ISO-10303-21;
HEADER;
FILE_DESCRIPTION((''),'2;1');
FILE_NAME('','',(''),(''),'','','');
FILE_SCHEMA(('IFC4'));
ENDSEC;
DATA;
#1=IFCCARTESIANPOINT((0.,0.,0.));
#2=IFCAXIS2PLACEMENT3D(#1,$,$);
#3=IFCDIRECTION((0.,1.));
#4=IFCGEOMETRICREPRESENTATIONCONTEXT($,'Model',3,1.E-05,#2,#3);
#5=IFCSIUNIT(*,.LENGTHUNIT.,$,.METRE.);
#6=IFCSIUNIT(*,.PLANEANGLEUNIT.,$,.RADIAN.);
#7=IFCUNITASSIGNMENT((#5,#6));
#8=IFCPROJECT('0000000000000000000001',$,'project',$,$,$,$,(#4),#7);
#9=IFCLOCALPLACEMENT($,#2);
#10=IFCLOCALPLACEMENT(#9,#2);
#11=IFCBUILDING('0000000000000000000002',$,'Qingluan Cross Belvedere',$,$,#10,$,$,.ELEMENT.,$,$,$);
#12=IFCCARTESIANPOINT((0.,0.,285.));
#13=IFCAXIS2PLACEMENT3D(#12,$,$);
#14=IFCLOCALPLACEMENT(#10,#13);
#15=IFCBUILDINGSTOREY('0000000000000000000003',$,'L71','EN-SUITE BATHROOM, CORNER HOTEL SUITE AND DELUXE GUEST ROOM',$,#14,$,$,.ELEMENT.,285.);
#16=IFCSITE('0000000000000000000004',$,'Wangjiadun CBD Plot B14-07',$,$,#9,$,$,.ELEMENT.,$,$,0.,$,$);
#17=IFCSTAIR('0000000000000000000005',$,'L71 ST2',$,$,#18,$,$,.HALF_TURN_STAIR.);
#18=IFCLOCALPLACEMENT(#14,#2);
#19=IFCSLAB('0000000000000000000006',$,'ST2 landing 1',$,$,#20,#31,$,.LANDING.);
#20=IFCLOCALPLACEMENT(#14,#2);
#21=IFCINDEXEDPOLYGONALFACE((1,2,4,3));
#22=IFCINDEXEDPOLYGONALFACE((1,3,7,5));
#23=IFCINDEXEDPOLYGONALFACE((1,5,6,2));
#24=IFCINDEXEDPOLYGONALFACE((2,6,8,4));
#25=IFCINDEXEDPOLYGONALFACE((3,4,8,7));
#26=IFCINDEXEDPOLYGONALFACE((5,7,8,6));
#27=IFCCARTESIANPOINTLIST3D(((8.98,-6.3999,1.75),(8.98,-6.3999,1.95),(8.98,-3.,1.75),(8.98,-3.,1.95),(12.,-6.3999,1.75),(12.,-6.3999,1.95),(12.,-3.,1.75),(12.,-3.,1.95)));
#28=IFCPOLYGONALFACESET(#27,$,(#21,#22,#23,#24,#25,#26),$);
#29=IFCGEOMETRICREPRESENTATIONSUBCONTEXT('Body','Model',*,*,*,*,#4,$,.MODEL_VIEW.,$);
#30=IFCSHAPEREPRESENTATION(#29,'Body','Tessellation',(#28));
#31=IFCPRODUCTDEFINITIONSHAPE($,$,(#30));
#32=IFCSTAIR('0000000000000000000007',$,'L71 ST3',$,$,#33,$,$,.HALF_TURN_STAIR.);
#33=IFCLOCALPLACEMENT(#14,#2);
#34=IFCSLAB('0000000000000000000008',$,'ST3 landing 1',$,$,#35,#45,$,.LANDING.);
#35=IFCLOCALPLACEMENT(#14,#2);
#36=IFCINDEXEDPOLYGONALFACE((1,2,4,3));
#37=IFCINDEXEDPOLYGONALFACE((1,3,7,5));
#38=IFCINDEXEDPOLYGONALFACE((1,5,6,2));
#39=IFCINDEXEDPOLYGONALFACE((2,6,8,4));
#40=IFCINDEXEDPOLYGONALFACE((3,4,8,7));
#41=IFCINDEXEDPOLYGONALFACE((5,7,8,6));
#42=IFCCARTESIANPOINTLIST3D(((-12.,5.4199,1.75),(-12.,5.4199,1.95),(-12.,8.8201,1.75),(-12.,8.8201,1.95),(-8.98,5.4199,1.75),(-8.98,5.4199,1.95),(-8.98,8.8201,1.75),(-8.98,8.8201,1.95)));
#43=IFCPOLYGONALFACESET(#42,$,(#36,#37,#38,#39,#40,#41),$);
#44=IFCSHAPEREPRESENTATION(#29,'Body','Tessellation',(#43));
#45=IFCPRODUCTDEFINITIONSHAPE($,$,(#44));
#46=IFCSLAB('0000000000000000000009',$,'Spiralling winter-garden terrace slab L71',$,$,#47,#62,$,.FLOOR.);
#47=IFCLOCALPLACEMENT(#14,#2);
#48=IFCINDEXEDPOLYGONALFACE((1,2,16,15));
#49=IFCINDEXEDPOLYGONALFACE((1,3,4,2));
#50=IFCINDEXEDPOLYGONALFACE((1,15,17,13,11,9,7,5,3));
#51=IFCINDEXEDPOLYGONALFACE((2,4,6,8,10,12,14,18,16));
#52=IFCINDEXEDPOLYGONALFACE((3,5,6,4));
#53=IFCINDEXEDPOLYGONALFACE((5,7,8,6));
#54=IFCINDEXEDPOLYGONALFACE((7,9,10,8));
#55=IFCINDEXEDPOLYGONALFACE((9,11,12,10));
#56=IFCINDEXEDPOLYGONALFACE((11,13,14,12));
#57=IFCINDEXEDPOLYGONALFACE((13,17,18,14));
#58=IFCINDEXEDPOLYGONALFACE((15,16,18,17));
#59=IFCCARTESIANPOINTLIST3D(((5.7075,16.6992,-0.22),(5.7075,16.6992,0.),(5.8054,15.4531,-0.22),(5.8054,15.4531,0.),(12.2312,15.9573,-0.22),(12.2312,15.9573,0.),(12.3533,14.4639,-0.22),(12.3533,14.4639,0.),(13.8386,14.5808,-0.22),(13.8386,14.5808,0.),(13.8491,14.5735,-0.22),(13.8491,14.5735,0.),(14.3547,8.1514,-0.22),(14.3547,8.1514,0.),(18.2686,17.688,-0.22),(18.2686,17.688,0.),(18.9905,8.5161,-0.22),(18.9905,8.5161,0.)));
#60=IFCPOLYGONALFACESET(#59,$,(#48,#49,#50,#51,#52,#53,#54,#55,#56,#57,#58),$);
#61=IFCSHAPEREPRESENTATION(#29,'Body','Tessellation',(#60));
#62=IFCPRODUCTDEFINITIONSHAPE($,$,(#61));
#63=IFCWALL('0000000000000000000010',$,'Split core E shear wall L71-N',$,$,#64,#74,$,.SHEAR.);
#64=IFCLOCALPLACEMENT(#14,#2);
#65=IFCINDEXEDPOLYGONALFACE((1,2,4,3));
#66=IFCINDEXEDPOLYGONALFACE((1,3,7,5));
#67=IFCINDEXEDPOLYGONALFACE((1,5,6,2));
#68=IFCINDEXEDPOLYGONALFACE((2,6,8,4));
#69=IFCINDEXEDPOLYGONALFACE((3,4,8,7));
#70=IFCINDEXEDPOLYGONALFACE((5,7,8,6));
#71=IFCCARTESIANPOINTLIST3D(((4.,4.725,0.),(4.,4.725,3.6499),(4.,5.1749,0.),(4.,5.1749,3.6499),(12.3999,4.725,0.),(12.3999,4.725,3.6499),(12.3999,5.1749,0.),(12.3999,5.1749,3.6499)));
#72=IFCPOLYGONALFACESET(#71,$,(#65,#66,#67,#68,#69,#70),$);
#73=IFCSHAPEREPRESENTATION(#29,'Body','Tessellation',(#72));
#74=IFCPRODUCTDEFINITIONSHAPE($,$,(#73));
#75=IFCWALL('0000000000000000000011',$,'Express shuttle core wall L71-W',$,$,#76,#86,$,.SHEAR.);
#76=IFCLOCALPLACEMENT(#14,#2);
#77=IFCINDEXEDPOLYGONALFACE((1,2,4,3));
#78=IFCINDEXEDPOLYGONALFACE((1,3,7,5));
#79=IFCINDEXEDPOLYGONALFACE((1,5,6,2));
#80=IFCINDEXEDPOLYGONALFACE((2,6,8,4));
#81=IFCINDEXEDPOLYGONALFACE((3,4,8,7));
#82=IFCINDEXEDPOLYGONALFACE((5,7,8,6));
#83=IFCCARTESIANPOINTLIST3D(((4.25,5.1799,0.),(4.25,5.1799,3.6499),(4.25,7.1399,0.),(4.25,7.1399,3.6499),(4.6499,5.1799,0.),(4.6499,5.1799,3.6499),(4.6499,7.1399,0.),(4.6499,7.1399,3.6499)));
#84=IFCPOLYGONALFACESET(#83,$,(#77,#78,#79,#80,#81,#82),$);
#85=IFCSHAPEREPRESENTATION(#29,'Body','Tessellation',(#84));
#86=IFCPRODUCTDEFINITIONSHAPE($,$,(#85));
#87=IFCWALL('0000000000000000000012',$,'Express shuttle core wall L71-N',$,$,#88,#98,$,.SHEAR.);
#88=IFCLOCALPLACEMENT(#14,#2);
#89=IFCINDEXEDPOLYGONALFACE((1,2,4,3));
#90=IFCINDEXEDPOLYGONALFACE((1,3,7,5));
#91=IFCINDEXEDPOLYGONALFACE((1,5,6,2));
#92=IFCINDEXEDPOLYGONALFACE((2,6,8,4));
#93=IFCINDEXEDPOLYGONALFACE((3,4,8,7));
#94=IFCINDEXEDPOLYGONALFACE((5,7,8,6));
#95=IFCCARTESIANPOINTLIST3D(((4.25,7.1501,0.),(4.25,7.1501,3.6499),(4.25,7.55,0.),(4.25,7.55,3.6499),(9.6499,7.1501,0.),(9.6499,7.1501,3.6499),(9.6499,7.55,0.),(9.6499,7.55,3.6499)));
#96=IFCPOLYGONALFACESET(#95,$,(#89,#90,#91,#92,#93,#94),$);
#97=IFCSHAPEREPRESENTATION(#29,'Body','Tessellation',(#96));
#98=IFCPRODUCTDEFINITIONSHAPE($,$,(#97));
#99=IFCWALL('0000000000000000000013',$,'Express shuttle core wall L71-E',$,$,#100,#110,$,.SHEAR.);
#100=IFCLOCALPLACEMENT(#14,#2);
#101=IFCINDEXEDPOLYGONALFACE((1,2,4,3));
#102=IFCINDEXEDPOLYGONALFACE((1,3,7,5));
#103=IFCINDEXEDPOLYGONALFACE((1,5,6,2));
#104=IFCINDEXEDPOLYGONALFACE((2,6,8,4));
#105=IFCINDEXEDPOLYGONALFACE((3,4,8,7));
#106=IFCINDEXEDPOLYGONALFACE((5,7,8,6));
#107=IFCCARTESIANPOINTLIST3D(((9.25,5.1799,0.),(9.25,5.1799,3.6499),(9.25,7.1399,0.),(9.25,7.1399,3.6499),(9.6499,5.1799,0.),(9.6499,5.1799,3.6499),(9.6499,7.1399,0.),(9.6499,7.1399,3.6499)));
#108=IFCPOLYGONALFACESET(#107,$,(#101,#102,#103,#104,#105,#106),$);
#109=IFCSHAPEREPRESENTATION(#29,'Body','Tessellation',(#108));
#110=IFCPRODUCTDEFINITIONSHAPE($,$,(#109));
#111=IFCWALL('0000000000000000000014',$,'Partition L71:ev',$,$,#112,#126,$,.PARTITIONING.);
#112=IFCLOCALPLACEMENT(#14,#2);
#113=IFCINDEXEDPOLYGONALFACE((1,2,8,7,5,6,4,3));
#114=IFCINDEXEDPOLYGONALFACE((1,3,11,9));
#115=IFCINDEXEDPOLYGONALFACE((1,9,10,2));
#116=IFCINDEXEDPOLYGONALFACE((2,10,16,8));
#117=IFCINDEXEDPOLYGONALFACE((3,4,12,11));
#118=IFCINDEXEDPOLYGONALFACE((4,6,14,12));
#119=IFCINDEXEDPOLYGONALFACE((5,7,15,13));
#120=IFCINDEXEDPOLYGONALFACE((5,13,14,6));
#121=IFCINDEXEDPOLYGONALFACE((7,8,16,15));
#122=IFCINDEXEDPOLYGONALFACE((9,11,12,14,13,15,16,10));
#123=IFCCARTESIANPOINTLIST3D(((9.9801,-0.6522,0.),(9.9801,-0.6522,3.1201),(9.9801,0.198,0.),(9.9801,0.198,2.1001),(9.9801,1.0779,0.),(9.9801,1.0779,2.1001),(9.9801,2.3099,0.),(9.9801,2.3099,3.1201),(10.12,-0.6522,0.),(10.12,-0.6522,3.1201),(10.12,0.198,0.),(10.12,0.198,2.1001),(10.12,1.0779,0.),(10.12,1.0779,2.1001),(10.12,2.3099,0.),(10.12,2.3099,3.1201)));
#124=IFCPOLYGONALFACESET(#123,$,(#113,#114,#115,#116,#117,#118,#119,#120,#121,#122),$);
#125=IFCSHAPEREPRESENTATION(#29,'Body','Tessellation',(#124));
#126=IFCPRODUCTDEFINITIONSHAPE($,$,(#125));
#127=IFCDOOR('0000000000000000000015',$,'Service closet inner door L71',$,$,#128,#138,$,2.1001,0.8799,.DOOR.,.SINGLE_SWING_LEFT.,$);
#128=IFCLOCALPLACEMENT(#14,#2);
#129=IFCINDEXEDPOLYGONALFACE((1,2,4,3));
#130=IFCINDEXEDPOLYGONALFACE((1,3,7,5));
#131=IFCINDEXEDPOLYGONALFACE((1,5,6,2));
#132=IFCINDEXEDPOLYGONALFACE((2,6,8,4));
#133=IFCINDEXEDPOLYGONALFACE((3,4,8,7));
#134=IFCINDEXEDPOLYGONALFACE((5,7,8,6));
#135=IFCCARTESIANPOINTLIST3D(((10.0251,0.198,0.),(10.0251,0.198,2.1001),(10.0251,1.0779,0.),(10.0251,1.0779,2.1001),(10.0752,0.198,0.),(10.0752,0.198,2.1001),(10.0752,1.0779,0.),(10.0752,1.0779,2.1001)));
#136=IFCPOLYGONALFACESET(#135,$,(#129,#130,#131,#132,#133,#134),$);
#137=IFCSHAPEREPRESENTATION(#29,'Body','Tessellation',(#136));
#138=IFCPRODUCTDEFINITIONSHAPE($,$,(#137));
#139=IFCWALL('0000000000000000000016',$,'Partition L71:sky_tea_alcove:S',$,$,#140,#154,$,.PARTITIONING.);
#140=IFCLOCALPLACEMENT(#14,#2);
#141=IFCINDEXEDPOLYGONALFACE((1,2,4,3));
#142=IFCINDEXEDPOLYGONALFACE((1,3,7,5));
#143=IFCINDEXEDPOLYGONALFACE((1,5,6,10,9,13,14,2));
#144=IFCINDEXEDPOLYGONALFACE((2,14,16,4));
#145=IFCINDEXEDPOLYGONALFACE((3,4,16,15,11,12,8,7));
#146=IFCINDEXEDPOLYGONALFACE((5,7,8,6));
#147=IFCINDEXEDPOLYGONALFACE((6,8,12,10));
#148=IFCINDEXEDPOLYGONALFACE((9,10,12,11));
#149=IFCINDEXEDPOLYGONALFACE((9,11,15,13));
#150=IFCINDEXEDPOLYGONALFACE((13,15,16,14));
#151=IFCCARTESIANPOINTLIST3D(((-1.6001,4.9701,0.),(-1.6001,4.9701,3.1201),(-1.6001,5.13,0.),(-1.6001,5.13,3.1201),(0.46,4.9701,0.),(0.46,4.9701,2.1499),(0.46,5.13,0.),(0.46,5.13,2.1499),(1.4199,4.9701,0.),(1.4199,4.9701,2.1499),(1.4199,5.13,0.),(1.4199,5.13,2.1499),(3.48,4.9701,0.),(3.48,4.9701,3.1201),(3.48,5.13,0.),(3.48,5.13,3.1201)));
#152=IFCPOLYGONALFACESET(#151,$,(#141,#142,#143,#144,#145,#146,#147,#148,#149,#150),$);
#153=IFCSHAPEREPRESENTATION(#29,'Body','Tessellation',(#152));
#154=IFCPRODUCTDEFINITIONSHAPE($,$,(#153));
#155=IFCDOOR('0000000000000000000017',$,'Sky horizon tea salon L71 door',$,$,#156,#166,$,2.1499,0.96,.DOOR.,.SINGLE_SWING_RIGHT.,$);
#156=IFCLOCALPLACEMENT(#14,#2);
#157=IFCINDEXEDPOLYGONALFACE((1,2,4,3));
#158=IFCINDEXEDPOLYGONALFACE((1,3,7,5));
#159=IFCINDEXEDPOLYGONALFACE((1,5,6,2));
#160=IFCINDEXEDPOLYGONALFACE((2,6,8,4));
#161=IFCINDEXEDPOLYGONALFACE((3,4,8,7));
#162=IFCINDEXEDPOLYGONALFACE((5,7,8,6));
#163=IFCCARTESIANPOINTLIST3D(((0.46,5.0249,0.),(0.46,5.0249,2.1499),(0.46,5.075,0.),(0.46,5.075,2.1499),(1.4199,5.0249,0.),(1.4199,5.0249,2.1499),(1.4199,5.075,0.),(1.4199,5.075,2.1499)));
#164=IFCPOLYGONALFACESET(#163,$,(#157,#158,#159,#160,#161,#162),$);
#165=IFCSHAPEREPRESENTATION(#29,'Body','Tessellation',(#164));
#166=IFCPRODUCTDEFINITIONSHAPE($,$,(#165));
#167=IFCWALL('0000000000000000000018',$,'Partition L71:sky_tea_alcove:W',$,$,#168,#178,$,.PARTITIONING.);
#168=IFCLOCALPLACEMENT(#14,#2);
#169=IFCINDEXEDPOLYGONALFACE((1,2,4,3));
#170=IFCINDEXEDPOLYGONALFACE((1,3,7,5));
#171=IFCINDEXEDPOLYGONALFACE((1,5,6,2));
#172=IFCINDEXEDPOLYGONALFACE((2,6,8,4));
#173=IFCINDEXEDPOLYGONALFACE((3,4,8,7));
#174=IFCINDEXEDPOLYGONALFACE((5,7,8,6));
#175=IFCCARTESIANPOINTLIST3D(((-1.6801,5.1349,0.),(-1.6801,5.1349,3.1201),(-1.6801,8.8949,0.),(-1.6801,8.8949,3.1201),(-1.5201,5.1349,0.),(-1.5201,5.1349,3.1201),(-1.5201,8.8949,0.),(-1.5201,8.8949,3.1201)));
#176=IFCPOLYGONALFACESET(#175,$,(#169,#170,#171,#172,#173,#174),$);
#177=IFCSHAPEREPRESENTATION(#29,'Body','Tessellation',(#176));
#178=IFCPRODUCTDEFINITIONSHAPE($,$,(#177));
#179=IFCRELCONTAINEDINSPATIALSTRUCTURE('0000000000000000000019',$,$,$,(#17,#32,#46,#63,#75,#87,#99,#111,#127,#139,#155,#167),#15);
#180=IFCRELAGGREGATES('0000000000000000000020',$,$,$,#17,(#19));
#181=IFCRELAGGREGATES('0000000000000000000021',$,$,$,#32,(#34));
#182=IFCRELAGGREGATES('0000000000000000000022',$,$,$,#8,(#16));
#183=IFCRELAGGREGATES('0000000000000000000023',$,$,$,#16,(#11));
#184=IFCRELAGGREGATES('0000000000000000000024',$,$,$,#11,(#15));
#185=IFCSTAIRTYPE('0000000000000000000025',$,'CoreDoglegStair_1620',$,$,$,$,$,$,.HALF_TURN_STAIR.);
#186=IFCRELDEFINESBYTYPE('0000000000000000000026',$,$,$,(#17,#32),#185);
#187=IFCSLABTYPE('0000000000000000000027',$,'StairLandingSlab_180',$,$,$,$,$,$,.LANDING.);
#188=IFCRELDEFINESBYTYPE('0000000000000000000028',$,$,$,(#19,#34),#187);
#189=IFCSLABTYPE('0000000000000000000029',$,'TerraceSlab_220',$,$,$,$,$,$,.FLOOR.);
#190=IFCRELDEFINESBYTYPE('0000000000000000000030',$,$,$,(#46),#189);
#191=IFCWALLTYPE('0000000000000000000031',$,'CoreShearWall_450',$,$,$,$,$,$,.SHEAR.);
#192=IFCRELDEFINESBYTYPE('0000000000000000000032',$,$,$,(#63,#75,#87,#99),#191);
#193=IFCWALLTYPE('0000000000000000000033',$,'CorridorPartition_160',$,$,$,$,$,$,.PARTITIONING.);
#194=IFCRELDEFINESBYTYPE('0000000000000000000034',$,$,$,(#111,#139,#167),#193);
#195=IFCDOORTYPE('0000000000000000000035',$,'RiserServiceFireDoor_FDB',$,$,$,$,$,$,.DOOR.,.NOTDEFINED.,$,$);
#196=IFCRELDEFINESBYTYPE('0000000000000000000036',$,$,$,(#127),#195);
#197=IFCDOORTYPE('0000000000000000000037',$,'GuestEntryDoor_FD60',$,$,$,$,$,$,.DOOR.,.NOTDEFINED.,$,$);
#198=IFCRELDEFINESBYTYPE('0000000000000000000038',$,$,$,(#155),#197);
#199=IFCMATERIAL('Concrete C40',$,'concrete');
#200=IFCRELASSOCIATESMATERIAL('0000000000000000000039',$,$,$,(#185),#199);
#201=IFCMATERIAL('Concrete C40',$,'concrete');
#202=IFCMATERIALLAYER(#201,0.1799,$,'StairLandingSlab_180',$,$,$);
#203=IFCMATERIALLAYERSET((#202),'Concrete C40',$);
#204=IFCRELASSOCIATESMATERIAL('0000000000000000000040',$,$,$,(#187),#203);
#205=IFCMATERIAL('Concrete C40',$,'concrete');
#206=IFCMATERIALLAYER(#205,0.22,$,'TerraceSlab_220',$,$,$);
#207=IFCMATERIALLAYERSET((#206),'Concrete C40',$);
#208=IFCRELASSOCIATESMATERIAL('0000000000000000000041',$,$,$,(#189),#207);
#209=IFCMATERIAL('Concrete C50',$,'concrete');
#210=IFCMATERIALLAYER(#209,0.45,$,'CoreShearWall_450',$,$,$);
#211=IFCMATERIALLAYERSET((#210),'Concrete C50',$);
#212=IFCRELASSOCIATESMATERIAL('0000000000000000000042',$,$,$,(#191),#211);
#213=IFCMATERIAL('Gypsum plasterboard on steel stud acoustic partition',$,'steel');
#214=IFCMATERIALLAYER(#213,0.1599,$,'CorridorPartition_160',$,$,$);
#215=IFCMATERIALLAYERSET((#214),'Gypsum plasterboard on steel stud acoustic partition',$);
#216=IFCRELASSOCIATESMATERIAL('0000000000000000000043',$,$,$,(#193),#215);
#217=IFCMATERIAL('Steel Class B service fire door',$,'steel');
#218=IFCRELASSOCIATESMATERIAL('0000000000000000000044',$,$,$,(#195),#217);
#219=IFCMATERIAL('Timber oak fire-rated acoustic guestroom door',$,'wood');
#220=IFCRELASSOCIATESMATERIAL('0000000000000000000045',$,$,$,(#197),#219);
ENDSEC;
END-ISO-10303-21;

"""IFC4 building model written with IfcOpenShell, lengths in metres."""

from ifc_helpers import new_model, si_unit, direction, frame, frame_2d, origin, place, context, subcontext, project, spatial, polyline, rectangle, outline, extrude, material, layer, layer_set, type_object, element, fill, aggregate, save


model = new_model("IFC4")

# Units and contexts
model_context = context("Model", 3, precision=1e-05, world=origin(), true_north=direction((0.0, 1.0)))
body_context = subcontext(model_context, "Body", "Model", "MODEL_VIEW")
ifc_project = project(units=[si_unit("LENGTHUNIT", "METRE"), si_unit("PLANEANGLEUNIT", "RADIAN")], contexts=[model_context])

# Site, building, storey
site_placement = place(None, origin())
site = spatial("IfcSite", under=ifc_project, at=site_placement, Name="Wangjiadun CBD Plot B14-07", CompositionType="ELEMENT", RefElevation=0.0)
building_placement = place(site_placement, origin())
building = spatial("IfcBuilding", under=site, at=building_placement, Name="Qingluan Cross Belvedere", CompositionType="ELEMENT")
storey_placement = place(building_placement, frame((0.0, 0.0, 285.0)))
storey = spatial("IfcBuildingStorey", under=building, at=storey_placement, Name="L71", Description="EN-SUITE BATHROOM, CORNER HOTEL SUITE AND DELUXE GUEST ROOM", CompositionType="ELEMENT", Elevation=285.0)

# Stairs, slabs
ifc_material_1 = material(Name="Concrete C40", Category="concrete")
stair_type = type_object("IfcStairType", Name="CoreDoglegStair_1620", PredefinedType="HALF_TURN_STAIR", material=ifc_material_1)
ifc_material_2 = material(Name="Concrete C40", Category="concrete")
ifc_layer_1 = layer(ifc_material_2, 0.1799, Name="StairLandingSlab_180")
ifc_layer_set_1 = layer_set([ifc_layer_1], Name="Concrete C40")
slab_type_1 = type_object("IfcSlabType", Name="StairLandingSlab_180", PredefinedType="LANDING", material=ifc_layer_set_1)
stair_1_placement = place(storey_placement, origin())
stair_1 = element("IfcStair", 1, at=stair_1_placement, inside=storey, type_object=stair_type, Name="L71 ST2", PredefinedType="HALF_TURN_STAIR")
slab_1_placement = place(storey_placement, frame((0.0, 0.0, 1.75)))
slab_1 = element("IfcSlab", 2, at=slab_1_placement, type_object=slab_type_1, Name="ST2 landing 1", PredefinedType="LANDING", context=body_context, shape_type="SweptSolid", body=[
    extrude(outline(polyline([(8.98, -6.3999), (12.0, -6.3999), (12.0, -3.0), (8.98, -3.0), (8.98, -6.3999)])), origin(), (0.0, 0.0, 1.0), 0.2),
])
aggregate(stair_1, [slab_1])
stair_2_placement = place(storey_placement, origin())
stair_2 = element("IfcStair", 3, at=stair_2_placement, inside=storey, type_object=stair_type, Name="L71 ST3", PredefinedType="HALF_TURN_STAIR")
slab_2_placement = place(storey_placement, frame((0.0, 0.0, 1.75)))
slab_2 = element("IfcSlab", 4, at=slab_2_placement, type_object=slab_type_1, Name="ST3 landing 1", PredefinedType="LANDING", context=body_context, shape_type="SweptSolid", body=[
    extrude(outline(polyline([(-8.98, 8.8201), (-12.0, 8.8201), (-12.0, 5.4199), (-8.98, 5.4199), (-8.98, 8.8201)])), origin(), (0.0, 0.0, 1.0), 0.2),
])
aggregate(stair_2, [slab_2])

# Slab
ifc_material_3 = material(Name="Concrete C40", Category="concrete")
ifc_layer_2 = layer(ifc_material_3, 0.22, Name="TerraceSlab_220")
ifc_layer_set_2 = layer_set([ifc_layer_2], Name="Concrete C40")
slab_type_2 = type_object("IfcSlabType", Name="TerraceSlab_220", PredefinedType="FLOOR", material=ifc_layer_set_2)
slab_3_placement = place(storey_placement, frame((0.0, 0.0, -0.22)))
element("IfcSlab", 5, at=slab_3_placement, inside=storey, type_object=slab_type_2, Name="Spiralling winter-garden terrace slab L71", PredefinedType="FLOOR", context=body_context, shape_type="SweptSolid", body=[
    extrude(outline(polyline([(5.8054, 15.4531), (12.2312, 15.9573), (12.3533, 14.4639), (13.8386, 14.5808), (13.8491, 14.5735), (14.3547, 8.1514), (18.9905, 8.5161), (18.2686, 17.688), (5.7075, 16.6992), (5.8054, 15.4531)])), origin(), (0.0, 0.0, 1.0), 0.22),
])

# Walls
ifc_material_4 = material(Name="Concrete C50", Category="concrete")
ifc_layer_3 = layer(ifc_material_4, 0.45, Name="CoreShearWall_450")
ifc_layer_set_3 = layer_set([ifc_layer_3], Name="Concrete C50")
wall_type_1 = type_object("IfcWallType", Name="CoreShearWall_450", PredefinedType="SHEAR", material=ifc_layer_set_3)
wall_1_placement = place(storey_placement, frame((4.0, 4.95, 0.0), z_axis=(0.0, 0.0, 1.0), x_axis=(1.0, 0.0, 0.0)))
element("IfcWall", 6, at=wall_1_placement, inside=storey, type_object=wall_type_1, Name="Split core E shear wall L71-N", PredefinedType="SHEAR", context=body_context, shape_type="SweptSolid", body=[
    extrude(rectangle(XDim=8.3999, YDim=0.45, at=frame_2d((4.2, 0.0))), origin(), (0.0, 0.0, 1.0), 3.6499),
])
wall_2_placement = place(storey_placement, frame((4.45, 5.1799, 0.0), z_axis=(0.0, 0.0, 1.0), x_axis=(0.0, 1.0, 0.0)))
element("IfcWall", 7, at=wall_2_placement, inside=storey, type_object=wall_type_1, Name="Express shuttle core wall L71-W", PredefinedType="SHEAR", context=body_context, shape_type="SweptSolid", body=[
    extrude(rectangle(XDim=1.96, YDim=0.3999, at=frame_2d((0.98, 0.0))), origin(), (0.0, 0.0, 1.0), 3.6499),
])
wall_3_placement = place(storey_placement, frame((4.25, 7.3501, 0.0), z_axis=(0.0, 0.0, 1.0), x_axis=(1.0, 0.0, 0.0)))
element("IfcWall", 8, at=wall_3_placement, inside=storey, type_object=wall_type_1, Name="Express shuttle core wall L71-N", PredefinedType="SHEAR", context=body_context, shape_type="SweptSolid", body=[
    extrude(rectangle(XDim=5.3999, YDim=0.3999, at=frame_2d((2.7, 0.0))), origin(), (0.0, 0.0, 1.0), 3.6499),
])
wall_4_placement = place(storey_placement, frame((9.45, 5.1799, 0.0), z_axis=(0.0, 0.0, 1.0), x_axis=(0.0, 1.0, 0.0)))
element("IfcWall", 9, at=wall_4_placement, inside=storey, type_object=wall_type_1, Name="Express shuttle core wall L71-E", PredefinedType="SHEAR", context=body_context, shape_type="SweptSolid", body=[
    extrude(rectangle(XDim=1.96, YDim=0.3999, at=frame_2d((0.98, 0.0))), origin(), (0.0, 0.0, 1.0), 3.6499),
])

# Walls, openings, doors
ifc_material_5 = material(Name="Gypsum plasterboard on steel stud acoustic partition", Category="steel")
ifc_layer_4 = layer(ifc_material_5, 0.1599, Name="CorridorPartition_160")
ifc_layer_set_4 = layer_set([ifc_layer_4], Name="Gypsum plasterboard on steel stud acoustic partition")
wall_type_2 = type_object("IfcWallType", Name="CorridorPartition_160", PredefinedType="PARTITIONING", material=ifc_layer_set_4)
wall_5_placement = place(storey_placement, frame((10.05, -0.6521, 0.0), z_axis=(0.0, 0.0, 1.0), x_axis=(0.0, 1.0, 0.0)))
wall_5 = element("IfcWall", 10, at=wall_5_placement, inside=storey, type_object=wall_type_2, Name="Partition L71:ev", PredefinedType="PARTITIONING", context=body_context, shape_type="SweptSolid", body=[
    extrude(rectangle(XDim=2.9622, YDim=0.1399, at=frame_2d((1.481, 0.0))), origin(), (0.0, 0.0, 1.0), 3.1201),
])
opening_1_placement = place(wall_5_placement, frame((0.8501, 0.0, 0.0)))
opening_1 = element("IfcOpeningElement", 11, at=opening_1_placement, cuts=wall_5, PredefinedType="OPENING", context=body_context, shape_type="SweptSolid", body=[
    extrude(rectangle(XDim=0.8799, YDim=2.1001, at=frame_2d((0.4399, 1.05))), frame((0.0, 0.0798, 0.0), z_axis=(0.0, -1.0, 0.0), x_axis=(1.0, 0.0, 0.0)), (0.0, 0.0, 1.0), 0.1599),
])
ifc_material_6 = material(Name="Steel Class B service fire door", Category="steel")
door_type_1 = type_object("IfcDoorType", Name="RiserServiceFireDoor_FDB", OperationType="NOTDEFINED", PredefinedType="DOOR", material=ifc_material_6)
door_1_placement = place(opening_1_placement, origin())
door_1 = element("IfcDoor", 12, at=door_1_placement, inside=storey, type_object=door_type_1, Name="Service closet inner door L71", OperationType="SINGLE_SWING_LEFT", OverallHeight=2.1001, OverallWidth=0.8799, PredefinedType="DOOR", context=body_context, shape_type="SweptSolid", body=[
    extrude(rectangle(XDim=0.8799, YDim=2.1001, at=frame_2d((0.4399, 1.05))), frame((0.0, 0.0249, 0.0), z_axis=(0.0, -1.0, 0.0), x_axis=(1.0, 0.0, 0.0)), (0.0, 0.0, 1.0), 0.05),
])
fill(opening_1, door_1)
wall_6_placement = place(storey_placement, frame((-1.6001, 5.05, 0.0), z_axis=(0.0, 0.0, 1.0), x_axis=(1.0, 0.0, 0.0)))
wall_6 = element("IfcWall", 13, at=wall_6_placement, inside=storey, type_object=wall_type_2, Name="Partition L71:sky_tea_alcove:S", PredefinedType="PARTITIONING", context=body_context, shape_type="SweptSolid", body=[
    extrude(rectangle(XDim=5.0801, YDim=0.1599, at=frame_2d((2.54, 0.0))), origin(), (0.0, 0.0, 1.0), 3.1201),
])
opening_2_placement = place(wall_6_placement, frame((2.0601, 0.0, 0.0)))
opening_2 = element("IfcOpeningElement", 14, at=opening_2_placement, cuts=wall_6, PredefinedType="OPENING", context=body_context, shape_type="SweptSolid", body=[
    extrude(rectangle(XDim=0.96, YDim=2.1499, at=frame_2d((0.48, 1.075))), frame((0.0, 0.0898, 0.0), z_axis=(0.0, -1.0, 0.0), x_axis=(1.0, 0.0, 0.0)), (0.0, 0.0, 1.0), 0.1799),
])
ifc_material_7 = material(Name="Timber oak fire-rated acoustic guestroom door", Category="wood")
door_type_2 = type_object("IfcDoorType", Name="GuestEntryDoor_FD60", OperationType="NOTDEFINED", PredefinedType="DOOR", material=ifc_material_7)
door_2_placement = place(opening_2_placement, origin())
door_2 = element("IfcDoor", 15, at=door_2_placement, inside=storey, type_object=door_type_2, Name="Sky horizon tea salon L71 door", OperationType="SINGLE_SWING_RIGHT", OverallHeight=2.1499, OverallWidth=0.96, PredefinedType="DOOR", context=body_context, shape_type="SweptSolid", body=[
    extrude(rectangle(XDim=0.96, YDim=2.1499, at=frame_2d((0.48, 1.075))), frame((0.0, 0.0249, 0.0), z_axis=(0.0, -1.0, 0.0), x_axis=(1.0, 0.0, 0.0)), (0.0, 0.0, 1.0), 0.05),
])
fill(opening_2, door_2)

# Wall
for number, where, z_axis, x_axis, name in (
    (16, (-1.6001, 5.135, 0.0), (0.0, 0.0, 1.0), (0.0, 1.0, 0.0), "Partition L71:sky_tea_alcove:W"),
):
    element("IfcWall", number, at=place(storey_placement, frame(where, z_axis=z_axis, x_axis=x_axis)), inside=storey, type_object=wall_type_2, Name=name, PredefinedType="PARTITIONING", context=body_context, shape_type="SweptSolid", body=[
        extrude(rectangle(XDim=3.76, YDim=0.1599, at=frame_2d((1.8799, 0.0))), origin(), (0.0, 0.0, 1.0), 3.1201),
    ])

save(model, "model.ifc")
